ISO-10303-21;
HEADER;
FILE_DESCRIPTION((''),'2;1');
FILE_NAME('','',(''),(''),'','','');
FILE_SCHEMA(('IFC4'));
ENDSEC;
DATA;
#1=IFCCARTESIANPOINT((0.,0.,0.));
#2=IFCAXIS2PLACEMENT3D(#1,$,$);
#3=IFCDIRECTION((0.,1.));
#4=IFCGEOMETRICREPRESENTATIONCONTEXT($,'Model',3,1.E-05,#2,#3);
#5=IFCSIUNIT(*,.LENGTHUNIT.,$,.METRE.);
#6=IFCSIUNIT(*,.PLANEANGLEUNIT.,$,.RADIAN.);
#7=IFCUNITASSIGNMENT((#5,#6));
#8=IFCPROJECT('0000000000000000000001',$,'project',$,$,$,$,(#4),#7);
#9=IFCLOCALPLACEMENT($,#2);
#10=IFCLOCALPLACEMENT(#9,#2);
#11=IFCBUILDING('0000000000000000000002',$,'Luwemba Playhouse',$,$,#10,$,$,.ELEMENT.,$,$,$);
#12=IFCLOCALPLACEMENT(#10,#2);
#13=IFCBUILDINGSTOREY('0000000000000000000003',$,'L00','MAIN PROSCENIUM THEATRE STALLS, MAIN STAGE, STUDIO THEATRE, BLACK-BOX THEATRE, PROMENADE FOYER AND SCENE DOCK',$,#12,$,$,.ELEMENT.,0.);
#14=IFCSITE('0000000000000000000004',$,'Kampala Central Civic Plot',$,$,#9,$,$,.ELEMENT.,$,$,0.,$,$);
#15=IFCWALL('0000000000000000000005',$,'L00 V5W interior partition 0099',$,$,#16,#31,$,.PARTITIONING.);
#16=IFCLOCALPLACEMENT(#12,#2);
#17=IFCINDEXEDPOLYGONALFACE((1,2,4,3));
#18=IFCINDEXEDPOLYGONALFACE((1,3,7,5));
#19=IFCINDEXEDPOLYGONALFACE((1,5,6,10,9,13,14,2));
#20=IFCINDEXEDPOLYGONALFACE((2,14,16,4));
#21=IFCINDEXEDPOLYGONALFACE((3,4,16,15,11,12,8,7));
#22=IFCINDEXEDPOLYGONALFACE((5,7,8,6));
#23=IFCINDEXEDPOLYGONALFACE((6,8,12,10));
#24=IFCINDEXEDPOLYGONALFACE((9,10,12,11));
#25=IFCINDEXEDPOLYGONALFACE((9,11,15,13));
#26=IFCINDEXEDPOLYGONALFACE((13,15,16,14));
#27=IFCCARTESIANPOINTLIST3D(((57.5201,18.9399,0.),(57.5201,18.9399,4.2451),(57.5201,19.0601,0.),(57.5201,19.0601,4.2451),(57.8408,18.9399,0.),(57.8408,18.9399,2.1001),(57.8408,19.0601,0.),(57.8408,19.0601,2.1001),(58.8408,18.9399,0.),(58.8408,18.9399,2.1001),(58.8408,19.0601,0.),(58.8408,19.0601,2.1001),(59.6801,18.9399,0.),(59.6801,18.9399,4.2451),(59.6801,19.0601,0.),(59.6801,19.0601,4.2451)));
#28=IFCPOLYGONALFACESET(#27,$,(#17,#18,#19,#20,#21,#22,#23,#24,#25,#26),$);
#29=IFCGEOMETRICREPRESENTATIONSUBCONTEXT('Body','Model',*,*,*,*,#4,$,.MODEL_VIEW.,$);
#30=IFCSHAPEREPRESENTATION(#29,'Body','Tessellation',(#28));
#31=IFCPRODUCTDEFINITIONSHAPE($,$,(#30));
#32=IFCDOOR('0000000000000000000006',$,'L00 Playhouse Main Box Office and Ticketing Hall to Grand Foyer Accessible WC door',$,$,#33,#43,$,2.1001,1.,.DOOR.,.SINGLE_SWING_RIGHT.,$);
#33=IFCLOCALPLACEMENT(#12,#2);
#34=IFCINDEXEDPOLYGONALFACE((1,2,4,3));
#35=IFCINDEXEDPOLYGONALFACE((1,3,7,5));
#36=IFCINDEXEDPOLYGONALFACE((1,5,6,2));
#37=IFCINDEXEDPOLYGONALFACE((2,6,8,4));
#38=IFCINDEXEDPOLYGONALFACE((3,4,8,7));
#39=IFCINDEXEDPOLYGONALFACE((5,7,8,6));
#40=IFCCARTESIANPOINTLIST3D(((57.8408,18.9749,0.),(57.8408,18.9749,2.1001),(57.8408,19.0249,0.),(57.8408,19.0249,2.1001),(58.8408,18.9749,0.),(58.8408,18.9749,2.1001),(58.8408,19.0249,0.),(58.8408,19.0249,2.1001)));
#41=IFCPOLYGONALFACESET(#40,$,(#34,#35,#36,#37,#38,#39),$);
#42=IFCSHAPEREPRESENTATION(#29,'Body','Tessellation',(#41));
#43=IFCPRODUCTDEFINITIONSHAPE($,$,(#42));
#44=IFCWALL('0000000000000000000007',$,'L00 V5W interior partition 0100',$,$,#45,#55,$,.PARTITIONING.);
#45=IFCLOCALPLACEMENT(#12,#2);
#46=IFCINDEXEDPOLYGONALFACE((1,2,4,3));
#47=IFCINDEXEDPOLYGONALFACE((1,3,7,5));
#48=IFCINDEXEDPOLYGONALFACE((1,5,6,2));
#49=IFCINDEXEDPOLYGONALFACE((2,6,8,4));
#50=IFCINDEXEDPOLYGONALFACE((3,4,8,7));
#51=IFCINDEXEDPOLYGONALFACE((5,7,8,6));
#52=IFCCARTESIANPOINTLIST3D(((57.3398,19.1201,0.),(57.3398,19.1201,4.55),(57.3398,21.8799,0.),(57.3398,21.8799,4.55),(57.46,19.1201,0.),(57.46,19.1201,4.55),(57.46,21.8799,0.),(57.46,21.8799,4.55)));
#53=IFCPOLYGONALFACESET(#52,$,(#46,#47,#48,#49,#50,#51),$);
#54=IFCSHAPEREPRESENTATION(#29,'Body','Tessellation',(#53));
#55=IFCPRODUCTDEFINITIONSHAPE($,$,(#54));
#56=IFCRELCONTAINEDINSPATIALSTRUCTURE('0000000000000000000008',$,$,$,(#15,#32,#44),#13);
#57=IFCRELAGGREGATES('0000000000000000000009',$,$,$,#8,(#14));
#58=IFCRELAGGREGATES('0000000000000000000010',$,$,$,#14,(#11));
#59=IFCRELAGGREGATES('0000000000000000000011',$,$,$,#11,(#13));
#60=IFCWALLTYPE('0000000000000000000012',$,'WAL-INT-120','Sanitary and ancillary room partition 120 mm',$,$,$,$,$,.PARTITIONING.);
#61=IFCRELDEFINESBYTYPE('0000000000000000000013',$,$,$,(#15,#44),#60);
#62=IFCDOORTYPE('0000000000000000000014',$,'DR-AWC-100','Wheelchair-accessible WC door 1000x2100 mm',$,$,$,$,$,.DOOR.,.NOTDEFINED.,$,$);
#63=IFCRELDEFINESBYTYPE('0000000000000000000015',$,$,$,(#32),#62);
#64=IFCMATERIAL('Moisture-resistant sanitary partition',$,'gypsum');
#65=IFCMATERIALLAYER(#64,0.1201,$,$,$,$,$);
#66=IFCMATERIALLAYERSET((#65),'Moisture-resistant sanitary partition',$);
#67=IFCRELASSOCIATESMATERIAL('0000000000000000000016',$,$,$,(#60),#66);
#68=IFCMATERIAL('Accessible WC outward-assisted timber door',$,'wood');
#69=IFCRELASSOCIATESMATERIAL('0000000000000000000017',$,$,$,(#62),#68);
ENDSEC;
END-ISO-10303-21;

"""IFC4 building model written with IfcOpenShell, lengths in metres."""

from ifc_helpers import new_model, si_unit, direction, frame, frame_2d, origin, place, context, subcontext, project, spatial, rectangle, extrude, material, layer, layer_set, type_object, element, fill, save


model = new_model("IFC4")

# Units and contexts
model_context = context("Model", 3, precision=1e-05, world=origin(), true_north=direction((0.0, 1.0)))
body_context = subcontext(model_context, "Body", "Model", "MODEL_VIEW")
ifc_project = project(units=[si_unit("LENGTHUNIT", "METRE"), si_unit("PLANEANGLEUNIT", "RADIAN")], contexts=[model_context])

# Site, building, storey
site_placement = place(None, origin())
site = spatial("IfcSite", under=ifc_project, at=site_placement, Name="Kampala Central Civic Plot", CompositionType="ELEMENT", RefElevation=0.0)
building_placement = place(site_placement, origin())
building = spatial("IfcBuilding", under=site, at=building_placement, Name="Luwemba Playhouse", CompositionType="ELEMENT")
storey_placement = place(building_placement, origin())
storey = spatial("IfcBuildingStorey", under=building, at=storey_placement, Name="L00", Description="MAIN PROSCENIUM THEATRE STALLS, MAIN STAGE, STUDIO THEATRE, BLACK-BOX THEATRE, PROMENADE FOYER AND SCENE DOCK", CompositionType="ELEMENT", Elevation=0.0)

# Wall, opening, door
ifc_material_1 = material(Name="Moisture-resistant sanitary partition", Category="gypsum")
ifc_layer_1 = layer(ifc_material_1, 0.1201)
ifc_layer_set_1 = layer_set([ifc_layer_1], Name="Moisture-resistant sanitary partition")
wall_type = type_object("IfcWallType", Name="WAL-INT-120", Description="Sanitary and ancillary room partition 120 mm", PredefinedType="PARTITIONING", material=ifc_layer_set_1)
wall_1_placement = place(storey_placement, frame((57.52, 19.0, 0.0), z_axis=(0.0, 0.0, 1.0), x_axis=(1.0, 0.0, 0.0)))
wall_1 = element("IfcWall", 1, at=wall_1_placement, inside=storey, type_object=wall_type, Name="L00 V5W interior partition 0099", PredefinedType="PARTITIONING", context=body_context, shape_type="SweptSolid", body=[
    extrude(rectangle(XDim=2.1599, YDim=0.1201, at=frame_2d((1.0801, 0.0))), origin(), (0.0, 0.0, 1.0), 4.2451),
])
opening_placement = place(wall_1_placement, frame((0.3208, 0.0, 0.0)))
opening = element("IfcOpeningElement", 2, at=opening_placement, cuts=wall_1, PredefinedType="OPENING", context=body_context, shape_type="SweptSolid", body=[
    extrude(rectangle(XDim=1.0, YDim=2.1001, at=frame_2d((0.5, 1.05))), frame((0.0, 0.0701, 0.0), z_axis=(0.0, -1.0, 0.0), x_axis=(1.0, 0.0, 0.0)), (0.0, 0.0, 1.0), 0.1401),
])
ifc_material_2 = material(Name="Accessible WC outward-assisted timber door", Category="wood")
door_type = type_object("IfcDoorType", Name="DR-AWC-100", Description="Wheelchair-accessible WC door 1000x2100 mm", OperationType="NOTDEFINED", PredefinedType="DOOR", material=ifc_material_2)
door_placement = place(opening_placement, origin())
door = element("IfcDoor", 3, at=door_placement, inside=storey, type_object=door_type, Name="L00 Playhouse Main Box Office and Ticketing Hall to Grand Foyer Accessible WC door", OperationType="SINGLE_SWING_RIGHT", OverallHeight=2.1001, OverallWidth=1.0, PredefinedType="DOOR", context=body_context, shape_type="SweptSolid", body=[
    extrude(rectangle(XDim=1.0, YDim=2.1001, at=frame_2d((0.5, 1.05))), frame((0.0, 0.0249, 0.0), z_axis=(0.0, -1.0, 0.0), x_axis=(1.0, 0.0, 0.0)), (0.0, 0.0, 1.0), 0.05),
])
fill(opening, door)

# Wall
wall_2_placement = place(storey_placement, frame((57.3999, 19.1201, 0.0), z_axis=(0.0, 0.0, 1.0), x_axis=(0.0, 1.0, 0.0)))
element("IfcWall", 4, at=wall_2_placement, inside=storey, type_object=wall_type, Name="L00 V5W interior partition 0100", PredefinedType="PARTITIONING", context=body_context, shape_type="SweptSolid", body=[
    extrude(rectangle(XDim=2.7598, YDim=0.1201, at=frame_2d((1.3799, 0.0))), origin(), (0.0, 0.0, 1.0), 4.55),
])

save(model, "model.ifc")
